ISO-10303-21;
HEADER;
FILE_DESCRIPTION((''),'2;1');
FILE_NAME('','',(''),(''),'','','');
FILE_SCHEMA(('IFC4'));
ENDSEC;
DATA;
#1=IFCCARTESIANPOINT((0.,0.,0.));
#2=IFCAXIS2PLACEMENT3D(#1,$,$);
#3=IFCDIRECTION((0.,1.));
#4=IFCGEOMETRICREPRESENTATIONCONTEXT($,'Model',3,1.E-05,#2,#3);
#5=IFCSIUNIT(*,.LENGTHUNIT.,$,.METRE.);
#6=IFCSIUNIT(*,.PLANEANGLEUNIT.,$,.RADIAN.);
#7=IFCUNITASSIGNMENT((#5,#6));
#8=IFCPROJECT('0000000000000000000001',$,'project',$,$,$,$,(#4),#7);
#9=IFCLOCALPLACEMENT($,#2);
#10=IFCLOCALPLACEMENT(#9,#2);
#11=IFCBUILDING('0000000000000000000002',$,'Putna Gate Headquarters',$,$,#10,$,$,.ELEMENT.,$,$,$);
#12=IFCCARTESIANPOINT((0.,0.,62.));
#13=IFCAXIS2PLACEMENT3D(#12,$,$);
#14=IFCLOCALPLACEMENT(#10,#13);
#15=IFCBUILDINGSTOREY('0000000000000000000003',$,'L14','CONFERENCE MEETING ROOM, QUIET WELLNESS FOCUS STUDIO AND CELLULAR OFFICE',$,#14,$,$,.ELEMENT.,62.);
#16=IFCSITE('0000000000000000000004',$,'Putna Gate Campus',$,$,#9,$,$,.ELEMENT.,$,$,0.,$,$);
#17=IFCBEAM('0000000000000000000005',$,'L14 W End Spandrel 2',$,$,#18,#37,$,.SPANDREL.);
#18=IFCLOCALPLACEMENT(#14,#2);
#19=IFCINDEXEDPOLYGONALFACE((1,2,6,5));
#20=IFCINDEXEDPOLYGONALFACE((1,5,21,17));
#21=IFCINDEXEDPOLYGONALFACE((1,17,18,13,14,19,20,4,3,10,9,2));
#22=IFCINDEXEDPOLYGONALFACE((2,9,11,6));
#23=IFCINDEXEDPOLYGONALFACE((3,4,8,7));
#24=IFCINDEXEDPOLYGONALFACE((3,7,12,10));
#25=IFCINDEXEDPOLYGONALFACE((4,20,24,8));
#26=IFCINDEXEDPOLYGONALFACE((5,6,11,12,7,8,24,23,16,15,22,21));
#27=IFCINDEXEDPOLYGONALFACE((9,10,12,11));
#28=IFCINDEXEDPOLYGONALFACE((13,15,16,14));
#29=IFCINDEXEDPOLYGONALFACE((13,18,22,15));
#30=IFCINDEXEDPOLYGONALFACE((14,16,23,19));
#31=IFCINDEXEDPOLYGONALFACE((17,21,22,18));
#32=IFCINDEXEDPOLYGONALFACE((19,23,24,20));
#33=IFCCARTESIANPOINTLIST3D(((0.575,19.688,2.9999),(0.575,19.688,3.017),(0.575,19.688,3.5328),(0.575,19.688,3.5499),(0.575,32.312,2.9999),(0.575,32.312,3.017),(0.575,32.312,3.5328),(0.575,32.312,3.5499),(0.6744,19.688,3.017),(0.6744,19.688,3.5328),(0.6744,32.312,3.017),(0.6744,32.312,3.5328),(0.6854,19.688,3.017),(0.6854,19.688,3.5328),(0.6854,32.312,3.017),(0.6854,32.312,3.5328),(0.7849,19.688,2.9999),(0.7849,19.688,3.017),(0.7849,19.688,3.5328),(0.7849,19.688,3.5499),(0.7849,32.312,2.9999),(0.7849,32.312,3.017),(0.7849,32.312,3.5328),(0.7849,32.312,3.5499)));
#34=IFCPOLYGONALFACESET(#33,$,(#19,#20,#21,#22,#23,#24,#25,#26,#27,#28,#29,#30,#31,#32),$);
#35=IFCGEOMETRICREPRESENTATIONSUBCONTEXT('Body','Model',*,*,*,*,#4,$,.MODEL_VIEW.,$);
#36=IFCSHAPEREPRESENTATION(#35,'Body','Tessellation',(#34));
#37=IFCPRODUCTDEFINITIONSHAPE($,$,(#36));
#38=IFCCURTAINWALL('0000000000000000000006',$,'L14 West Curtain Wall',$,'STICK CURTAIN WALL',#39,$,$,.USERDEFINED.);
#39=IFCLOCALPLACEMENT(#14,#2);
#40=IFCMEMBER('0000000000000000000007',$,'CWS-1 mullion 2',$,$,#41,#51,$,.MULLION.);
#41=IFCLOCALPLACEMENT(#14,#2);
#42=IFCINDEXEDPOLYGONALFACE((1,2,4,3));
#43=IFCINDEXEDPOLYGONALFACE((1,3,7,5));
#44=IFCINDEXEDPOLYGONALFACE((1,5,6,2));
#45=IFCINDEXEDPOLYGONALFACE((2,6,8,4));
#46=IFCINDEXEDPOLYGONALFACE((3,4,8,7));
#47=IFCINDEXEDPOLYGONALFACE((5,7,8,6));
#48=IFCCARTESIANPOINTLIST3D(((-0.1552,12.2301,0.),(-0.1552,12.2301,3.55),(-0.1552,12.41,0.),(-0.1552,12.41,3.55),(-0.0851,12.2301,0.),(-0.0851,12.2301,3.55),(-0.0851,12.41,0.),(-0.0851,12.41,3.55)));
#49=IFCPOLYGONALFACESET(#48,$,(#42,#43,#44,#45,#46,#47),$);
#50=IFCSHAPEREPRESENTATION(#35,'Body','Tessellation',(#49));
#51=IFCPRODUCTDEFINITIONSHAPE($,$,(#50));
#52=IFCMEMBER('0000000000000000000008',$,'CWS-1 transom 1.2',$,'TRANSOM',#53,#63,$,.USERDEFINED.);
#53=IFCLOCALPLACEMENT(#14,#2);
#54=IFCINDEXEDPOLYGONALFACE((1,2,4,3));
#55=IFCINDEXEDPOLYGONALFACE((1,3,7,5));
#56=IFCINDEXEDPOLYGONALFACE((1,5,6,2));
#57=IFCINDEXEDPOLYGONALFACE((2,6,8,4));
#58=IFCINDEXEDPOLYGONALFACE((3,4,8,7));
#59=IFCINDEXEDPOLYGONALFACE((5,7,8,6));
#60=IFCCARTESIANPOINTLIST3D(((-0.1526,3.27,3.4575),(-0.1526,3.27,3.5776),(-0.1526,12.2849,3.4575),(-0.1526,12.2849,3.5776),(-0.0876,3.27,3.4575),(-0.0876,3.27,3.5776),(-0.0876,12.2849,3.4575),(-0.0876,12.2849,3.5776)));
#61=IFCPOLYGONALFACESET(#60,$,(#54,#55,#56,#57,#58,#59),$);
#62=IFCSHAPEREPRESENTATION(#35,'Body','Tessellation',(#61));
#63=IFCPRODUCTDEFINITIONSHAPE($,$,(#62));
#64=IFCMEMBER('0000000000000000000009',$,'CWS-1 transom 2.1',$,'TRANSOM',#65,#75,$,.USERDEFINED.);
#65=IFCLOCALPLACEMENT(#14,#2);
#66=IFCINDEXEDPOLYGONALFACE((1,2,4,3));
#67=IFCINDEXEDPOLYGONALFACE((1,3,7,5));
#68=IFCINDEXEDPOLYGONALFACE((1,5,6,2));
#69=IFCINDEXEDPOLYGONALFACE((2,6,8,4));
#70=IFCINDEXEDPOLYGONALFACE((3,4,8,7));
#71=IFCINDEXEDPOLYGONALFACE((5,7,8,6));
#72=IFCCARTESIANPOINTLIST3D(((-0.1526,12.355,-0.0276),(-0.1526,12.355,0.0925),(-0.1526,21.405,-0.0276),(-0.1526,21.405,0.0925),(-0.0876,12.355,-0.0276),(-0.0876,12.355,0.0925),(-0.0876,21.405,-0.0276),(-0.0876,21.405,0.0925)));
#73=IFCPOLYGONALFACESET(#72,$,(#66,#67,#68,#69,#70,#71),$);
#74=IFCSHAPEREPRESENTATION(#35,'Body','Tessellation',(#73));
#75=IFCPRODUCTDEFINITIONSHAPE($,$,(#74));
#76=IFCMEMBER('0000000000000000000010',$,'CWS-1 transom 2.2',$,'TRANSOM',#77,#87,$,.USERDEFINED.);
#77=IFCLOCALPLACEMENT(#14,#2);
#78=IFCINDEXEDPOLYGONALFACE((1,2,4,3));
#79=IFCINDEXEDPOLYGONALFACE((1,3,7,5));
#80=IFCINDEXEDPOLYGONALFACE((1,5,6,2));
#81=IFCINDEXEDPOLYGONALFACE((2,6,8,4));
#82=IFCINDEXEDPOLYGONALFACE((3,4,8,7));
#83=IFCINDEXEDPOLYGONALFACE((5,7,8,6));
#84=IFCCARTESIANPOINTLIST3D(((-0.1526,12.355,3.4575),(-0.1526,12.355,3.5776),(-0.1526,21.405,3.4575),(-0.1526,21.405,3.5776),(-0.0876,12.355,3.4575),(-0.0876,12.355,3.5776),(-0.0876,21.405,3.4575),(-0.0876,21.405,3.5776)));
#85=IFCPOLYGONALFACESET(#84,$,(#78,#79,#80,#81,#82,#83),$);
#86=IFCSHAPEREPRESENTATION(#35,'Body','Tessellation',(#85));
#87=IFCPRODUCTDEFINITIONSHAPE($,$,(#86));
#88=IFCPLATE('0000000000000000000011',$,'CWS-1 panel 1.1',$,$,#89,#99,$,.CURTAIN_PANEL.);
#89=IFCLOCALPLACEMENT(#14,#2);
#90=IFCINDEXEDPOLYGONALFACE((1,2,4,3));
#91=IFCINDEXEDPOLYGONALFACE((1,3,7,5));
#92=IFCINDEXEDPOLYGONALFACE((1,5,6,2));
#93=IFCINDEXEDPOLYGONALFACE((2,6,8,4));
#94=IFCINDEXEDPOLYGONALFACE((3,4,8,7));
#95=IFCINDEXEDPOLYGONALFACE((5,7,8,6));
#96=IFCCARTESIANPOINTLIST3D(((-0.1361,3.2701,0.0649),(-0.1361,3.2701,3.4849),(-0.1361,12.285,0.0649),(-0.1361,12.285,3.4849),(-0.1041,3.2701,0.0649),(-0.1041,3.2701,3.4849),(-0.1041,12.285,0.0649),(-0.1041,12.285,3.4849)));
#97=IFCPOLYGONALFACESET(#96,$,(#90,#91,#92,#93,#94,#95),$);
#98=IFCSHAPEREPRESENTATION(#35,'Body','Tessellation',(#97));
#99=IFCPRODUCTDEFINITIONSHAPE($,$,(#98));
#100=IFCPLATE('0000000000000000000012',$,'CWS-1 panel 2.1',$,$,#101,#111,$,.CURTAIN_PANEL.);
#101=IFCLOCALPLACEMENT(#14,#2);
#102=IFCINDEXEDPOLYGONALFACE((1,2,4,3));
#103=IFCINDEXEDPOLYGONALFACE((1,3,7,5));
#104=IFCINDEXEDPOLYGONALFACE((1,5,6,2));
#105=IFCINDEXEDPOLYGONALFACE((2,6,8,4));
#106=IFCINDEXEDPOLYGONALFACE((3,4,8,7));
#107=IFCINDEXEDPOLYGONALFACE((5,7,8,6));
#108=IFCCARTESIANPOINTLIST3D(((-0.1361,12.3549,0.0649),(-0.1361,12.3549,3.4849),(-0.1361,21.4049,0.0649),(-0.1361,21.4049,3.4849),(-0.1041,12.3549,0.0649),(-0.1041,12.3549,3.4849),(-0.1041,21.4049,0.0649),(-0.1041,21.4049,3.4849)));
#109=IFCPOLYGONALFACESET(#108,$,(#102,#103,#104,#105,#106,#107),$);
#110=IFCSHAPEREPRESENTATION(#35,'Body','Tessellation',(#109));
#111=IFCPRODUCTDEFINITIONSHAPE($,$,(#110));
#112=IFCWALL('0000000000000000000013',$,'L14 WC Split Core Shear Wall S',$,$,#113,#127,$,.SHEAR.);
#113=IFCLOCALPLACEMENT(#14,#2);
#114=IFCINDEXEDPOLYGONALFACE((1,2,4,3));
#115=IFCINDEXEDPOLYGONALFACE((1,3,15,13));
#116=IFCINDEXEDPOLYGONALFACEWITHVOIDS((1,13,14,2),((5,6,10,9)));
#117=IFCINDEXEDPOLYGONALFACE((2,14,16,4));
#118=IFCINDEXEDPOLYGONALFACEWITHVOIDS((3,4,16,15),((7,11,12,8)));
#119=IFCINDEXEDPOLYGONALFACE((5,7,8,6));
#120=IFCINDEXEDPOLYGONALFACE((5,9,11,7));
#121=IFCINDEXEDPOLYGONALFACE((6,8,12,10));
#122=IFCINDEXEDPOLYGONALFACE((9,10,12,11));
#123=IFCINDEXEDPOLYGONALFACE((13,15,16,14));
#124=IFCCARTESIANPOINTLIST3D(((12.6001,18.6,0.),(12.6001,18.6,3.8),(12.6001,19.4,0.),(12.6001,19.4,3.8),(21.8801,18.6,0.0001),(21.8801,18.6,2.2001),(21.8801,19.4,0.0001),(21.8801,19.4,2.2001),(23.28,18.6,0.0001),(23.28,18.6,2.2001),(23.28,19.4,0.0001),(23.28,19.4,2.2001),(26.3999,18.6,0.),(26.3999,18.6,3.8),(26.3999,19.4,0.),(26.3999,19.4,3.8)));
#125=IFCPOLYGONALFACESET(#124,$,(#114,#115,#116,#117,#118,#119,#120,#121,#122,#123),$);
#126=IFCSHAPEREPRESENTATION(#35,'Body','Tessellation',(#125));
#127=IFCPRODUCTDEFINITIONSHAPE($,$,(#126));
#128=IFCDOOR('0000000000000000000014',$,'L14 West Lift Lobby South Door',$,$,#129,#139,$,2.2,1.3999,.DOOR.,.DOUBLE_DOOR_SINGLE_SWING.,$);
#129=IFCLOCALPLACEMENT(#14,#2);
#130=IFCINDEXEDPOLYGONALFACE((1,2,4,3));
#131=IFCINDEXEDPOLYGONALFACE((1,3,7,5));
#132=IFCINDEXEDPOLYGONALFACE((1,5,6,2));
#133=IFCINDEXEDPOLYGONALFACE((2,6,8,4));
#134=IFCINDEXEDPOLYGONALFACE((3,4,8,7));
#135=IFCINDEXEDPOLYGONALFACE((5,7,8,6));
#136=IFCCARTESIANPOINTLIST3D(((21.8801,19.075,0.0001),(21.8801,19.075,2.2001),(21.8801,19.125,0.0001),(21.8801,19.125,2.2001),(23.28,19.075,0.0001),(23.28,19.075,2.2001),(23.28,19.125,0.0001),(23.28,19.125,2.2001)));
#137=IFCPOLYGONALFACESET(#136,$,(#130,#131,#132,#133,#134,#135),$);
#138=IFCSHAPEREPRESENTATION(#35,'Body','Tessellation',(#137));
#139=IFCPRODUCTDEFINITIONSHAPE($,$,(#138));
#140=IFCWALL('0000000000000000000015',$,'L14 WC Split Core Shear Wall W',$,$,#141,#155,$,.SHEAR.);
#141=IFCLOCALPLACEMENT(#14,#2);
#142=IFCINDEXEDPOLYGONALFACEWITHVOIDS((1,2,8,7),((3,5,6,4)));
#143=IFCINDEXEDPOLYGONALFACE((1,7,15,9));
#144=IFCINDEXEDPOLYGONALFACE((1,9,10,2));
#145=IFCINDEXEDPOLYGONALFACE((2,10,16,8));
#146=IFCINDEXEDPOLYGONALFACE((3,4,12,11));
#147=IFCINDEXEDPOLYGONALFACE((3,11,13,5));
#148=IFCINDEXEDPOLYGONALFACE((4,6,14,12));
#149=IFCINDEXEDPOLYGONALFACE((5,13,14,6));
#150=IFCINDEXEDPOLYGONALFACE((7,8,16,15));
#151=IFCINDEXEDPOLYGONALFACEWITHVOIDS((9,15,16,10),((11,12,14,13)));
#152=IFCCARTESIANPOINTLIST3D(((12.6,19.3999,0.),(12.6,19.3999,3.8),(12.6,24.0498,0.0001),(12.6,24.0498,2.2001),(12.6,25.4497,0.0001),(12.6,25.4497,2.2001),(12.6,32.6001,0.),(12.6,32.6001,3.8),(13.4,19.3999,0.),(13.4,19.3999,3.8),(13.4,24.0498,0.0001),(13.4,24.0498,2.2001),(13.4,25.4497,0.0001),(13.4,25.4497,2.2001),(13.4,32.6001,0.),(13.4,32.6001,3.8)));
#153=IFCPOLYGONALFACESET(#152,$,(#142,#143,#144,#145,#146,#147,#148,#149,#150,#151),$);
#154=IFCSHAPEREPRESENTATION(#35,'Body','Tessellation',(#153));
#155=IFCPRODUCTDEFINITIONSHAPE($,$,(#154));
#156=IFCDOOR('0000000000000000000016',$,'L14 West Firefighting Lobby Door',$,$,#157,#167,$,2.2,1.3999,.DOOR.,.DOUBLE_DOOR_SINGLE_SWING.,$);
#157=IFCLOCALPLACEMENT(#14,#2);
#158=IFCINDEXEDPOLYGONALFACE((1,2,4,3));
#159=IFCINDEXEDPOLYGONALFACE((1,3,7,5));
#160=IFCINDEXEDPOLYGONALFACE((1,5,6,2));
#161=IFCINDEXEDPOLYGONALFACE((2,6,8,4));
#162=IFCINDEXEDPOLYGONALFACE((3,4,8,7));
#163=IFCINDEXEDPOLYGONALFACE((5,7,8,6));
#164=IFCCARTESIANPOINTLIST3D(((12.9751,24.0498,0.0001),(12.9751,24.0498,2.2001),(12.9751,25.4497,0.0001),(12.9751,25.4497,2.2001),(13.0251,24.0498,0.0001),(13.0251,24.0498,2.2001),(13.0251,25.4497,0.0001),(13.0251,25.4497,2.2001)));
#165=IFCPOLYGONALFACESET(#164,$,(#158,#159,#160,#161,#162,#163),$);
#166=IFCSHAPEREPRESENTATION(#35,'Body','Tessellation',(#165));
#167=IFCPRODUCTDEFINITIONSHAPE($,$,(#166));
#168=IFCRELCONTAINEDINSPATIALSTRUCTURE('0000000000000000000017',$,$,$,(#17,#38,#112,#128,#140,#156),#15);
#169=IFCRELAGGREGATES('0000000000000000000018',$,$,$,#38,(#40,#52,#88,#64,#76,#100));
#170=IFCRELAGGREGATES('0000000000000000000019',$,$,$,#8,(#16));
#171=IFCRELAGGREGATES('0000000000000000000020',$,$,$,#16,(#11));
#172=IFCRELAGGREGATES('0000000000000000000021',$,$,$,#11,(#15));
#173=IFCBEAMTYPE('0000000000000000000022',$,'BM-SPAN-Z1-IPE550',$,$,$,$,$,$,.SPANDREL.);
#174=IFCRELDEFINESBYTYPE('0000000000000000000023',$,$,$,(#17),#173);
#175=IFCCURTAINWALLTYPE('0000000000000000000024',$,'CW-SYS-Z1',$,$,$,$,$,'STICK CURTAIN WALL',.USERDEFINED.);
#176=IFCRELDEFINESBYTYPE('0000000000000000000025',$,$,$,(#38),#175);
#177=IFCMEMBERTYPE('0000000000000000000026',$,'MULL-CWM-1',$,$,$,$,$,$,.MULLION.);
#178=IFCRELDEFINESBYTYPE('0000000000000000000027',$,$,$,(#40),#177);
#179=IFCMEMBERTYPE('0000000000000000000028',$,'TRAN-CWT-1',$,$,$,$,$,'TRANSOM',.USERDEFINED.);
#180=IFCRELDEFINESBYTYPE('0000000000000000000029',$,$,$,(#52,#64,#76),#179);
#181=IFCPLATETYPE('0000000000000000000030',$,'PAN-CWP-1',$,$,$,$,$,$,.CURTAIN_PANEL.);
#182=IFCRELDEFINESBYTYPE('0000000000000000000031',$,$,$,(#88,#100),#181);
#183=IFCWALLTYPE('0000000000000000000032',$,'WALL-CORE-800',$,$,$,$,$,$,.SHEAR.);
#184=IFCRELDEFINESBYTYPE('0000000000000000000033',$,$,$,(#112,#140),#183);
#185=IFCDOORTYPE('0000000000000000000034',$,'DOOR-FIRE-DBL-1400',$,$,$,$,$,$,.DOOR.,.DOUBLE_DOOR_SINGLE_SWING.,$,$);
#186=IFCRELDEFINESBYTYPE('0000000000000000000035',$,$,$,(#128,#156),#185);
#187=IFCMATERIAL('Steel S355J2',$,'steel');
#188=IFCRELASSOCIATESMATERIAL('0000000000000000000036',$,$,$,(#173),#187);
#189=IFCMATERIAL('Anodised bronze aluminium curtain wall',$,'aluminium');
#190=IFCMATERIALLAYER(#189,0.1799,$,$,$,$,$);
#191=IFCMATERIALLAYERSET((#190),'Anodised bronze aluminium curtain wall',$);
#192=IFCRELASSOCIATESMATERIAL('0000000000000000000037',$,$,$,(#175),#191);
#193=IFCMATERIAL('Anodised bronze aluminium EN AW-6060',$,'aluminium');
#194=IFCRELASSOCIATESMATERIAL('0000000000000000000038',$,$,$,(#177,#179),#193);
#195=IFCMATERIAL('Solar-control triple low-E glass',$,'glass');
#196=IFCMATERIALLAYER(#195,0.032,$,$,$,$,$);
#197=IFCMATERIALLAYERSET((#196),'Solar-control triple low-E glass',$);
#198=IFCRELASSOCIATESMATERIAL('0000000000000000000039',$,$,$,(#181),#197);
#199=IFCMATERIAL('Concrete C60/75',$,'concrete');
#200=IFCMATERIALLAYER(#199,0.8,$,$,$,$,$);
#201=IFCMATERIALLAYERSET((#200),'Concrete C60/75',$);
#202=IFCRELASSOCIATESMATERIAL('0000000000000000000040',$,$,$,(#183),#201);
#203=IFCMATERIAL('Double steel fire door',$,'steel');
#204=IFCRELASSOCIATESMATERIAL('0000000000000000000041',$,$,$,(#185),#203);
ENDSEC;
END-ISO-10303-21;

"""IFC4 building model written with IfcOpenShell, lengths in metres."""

from ifc_helpers import new_model, si_unit, direction, frame, frame_2d, origin, origin_2d, place, context, subcontext, project, spatial, rectangle, i_section, extrude, material, layer, layer_set, material_profile, profile_set, type_object, element, fill, aggregate, save


model = new_model("IFC4")

# Units and contexts
model_context = context("Model", 3, precision=1e-05, world=origin(), true_north=direction((0.0, 1.0)))
body_context = subcontext(model_context, "Body", "Model", "MODEL_VIEW")
ifc_project = project(units=[si_unit("LENGTHUNIT", "METRE"), si_unit("PLANEANGLEUNIT", "RADIAN")], contexts=[model_context])

# Site, building, storey
site_placement = place(None, origin())
site = spatial("IfcSite", under=ifc_project, at=site_placement, Name="Putna Gate Campus", CompositionType="ELEMENT", RefElevation=0.0)
building_placement = place(site_placement, origin())
building = spatial("IfcBuilding", under=site, at=building_placement, Name="Putna Gate Headquarters", CompositionType="ELEMENT")
storey_placement = place(building_placement, frame((0.0, 0.0, 62.0)))
storey = spatial("IfcBuildingStorey", under=building, at=storey_placement, Name="L14", Description="CONFERENCE MEETING ROOM, QUIET WELLNESS FOCUS STUDIO AND CELLULAR OFFICE", CompositionType="ELEMENT", Elevation=62.0)

# Shared definitions
ifc_material_1 = material(Name="Concrete C60/75", Category="concrete")

# Beam
ifc_material_2 = material(Name="Steel S355J2", Category="steel")
ifc_material_profile_1 = material_profile(ifc_material_2, i_section(OverallWidth=0.21, OverallDepth=0.55, WebThickness=0.011, FlangeThickness=0.0171, at=origin_2d()), Name="Steel S355J2")
ifc_profile_set_1 = profile_set([ifc_material_profile_1], Name="Steel S355J2")
beam_type_1 = type_object("IfcBeamType", Name="BM-SPAN-Z1-IPE550", PredefinedType="SPANDREL", material=ifc_profile_set_1)
beam_1_placement = place(storey_placement, frame((0.6799, 19.688, 3.2749), z_axis=(0.0, 1.0, 0.0), x_axis=(-1.0, 0.0, 0.0)))
element("IfcBeam", 1, at=beam_1_placement, inside=storey, type_object=beam_type_1, Name="L14 W End Spandrel 2", PredefinedType="SPANDREL", context=body_context, shape_type="SweptSolid", body=[
    extrude(i_section(OverallWidth=0.21, OverallDepth=0.55, WebThickness=0.011, FlangeThickness=0.0171, at=origin_2d()), origin(), (0.0, 0.0, 1.0), 12.624),
])

# Curtain wall, members, plates
ifc_material_3 = material(Name="Anodised bronze aluminium curtain wall", Category="aluminium")
ifc_layer_1 = layer(ifc_material_3, 0.1799)
ifc_layer_set_1 = layer_set([ifc_layer_1], Name="Anodised bronze aluminium curtain wall")
curtain_wall_type = type_object("IfcCurtainWallType", Name="CW-SYS-Z1", ElementType="STICK CURTAIN WALL", PredefinedType="USERDEFINED", material=ifc_layer_set_1)
curtain_wall_placement = place(storey_placement, origin())
curtain_wall = element("IfcCurtainWall", 2, at=curtain_wall_placement, inside=storey, type_object=curtain_wall_type, Name="L14 West Curtain Wall", ObjectType="STICK CURTAIN WALL", PredefinedType="USERDEFINED")
ifc_material_4 = material(Name="Anodised bronze aluminium EN AW-6060", Category="aluminium")
ifc_material_profile_2 = material_profile(ifc_material_4, rectangle(XDim=0.0701, YDim=0.1799, at=origin_2d()), Name="Anodised bronze aluminium EN AW-6060")
ifc_profile_set_2 = profile_set([ifc_material_profile_2], Name="Anodised bronze aluminium EN AW-6060")
member_type_1 = type_object("IfcMemberType", Name="MULL-CWM-1", PredefinedType="MULLION", material=ifc_profile_set_2)
member_1_placement = place(storey_placement, frame((-0.1201, 12.3201, 0.0), z_axis=(0.0, 0.0, 1.0), x_axis=(-1.0, 0.0, 0.0)))
member_1 = element("IfcMember", 3, at=member_1_placement, type_object=member_type_1, Name="CWS-1 mullion 2", PredefinedType="MULLION", context=body_context, shape_type="SweptSolid", body=[
    extrude(rectangle(XDim=0.0701, YDim=0.1799, at=origin_2d()), origin(), (0.0, 0.0, 1.0), 3.55),
])
ifc_material_profile_3 = material_profile(ifc_material_4, rectangle(XDim=0.0649, YDim=0.1201, at=origin_2d()), Name="Anodised bronze aluminium EN AW-6060")
ifc_profile_set_3 = profile_set([ifc_material_profile_3], Name="Anodised bronze aluminium EN AW-6060")
member_type_2 = type_object("IfcMemberType", Name="TRAN-CWT-1", ElementType="TRANSOM", PredefinedType="USERDEFINED", material=ifc_profile_set_3)
member_2_placement = place(storey_placement, frame((-0.1201, 3.27, 3.5176), z_axis=(0.0, 1.0, 0.0), x_axis=(-1.0, 0.0, 0.0)))
member_2 = element("IfcMember", 4, at=member_2_placement, type_object=member_type_2, Name="CWS-1 transom 1.2", ObjectType="TRANSOM", PredefinedType="USERDEFINED", context=body_context, shape_type="SweptSolid", body=[
    extrude(rectangle(XDim=0.0649, YDim=0.1201, at=origin_2d()), origin(), (0.0, 0.0, 1.0), 9.0149),
])
member_3_placement = place(storey_placement, frame((-0.1201, 12.355, 0.0325), z_axis=(0.0, 1.0, 0.0), x_axis=(-1.0, 0.0, 0.0)))
member_3 = element("IfcMember", 5, at=member_3_placement, type_object=member_type_2, Name="CWS-1 transom 2.1", ObjectType="TRANSOM", PredefinedType="USERDEFINED", context=body_context, shape_type="SweptSolid", body=[
    extrude(rectangle(XDim=0.0649, YDim=0.1201, at=origin_2d()), origin(), (0.0, 0.0, 1.0), 9.05),
])
member_4_placement = place(storey_placement, frame((-0.1201, 12.355, 3.5176), z_axis=(0.0, 1.0, 0.0), x_axis=(-1.0, 0.0, 0.0)))
member_4 = element("IfcMember", 6, at=member_4_placement, type_object=member_type_2, Name="CWS-1 transom 2.2", ObjectType="TRANSOM", PredefinedType="USERDEFINED", context=body_context, shape_type="SweptSolid", body=[
    extrude(rectangle(XDim=0.0649, YDim=0.1201, at=origin_2d()), origin(), (0.0, 0.0, 1.0), 9.05),
])
ifc_material_5 = material(Name="Solar-control triple low-E glass", Category="glass")
ifc_layer_2 = layer(ifc_material_5, 0.032)
ifc_layer_set_2 = layer_set([ifc_layer_2], Name="Solar-control triple low-E glass")
plate_type = type_object("IfcPlateType", Name="PAN-CWP-1", PredefinedType="CURTAIN_PANEL", material=ifc_layer_set_2)
plate_1_placement = place(storey_placement, frame((-0.1201, 7.7776, 0.0649), z_axis=(0.0, 0.0, 1.0), x_axis=(0.0, 1.0, 0.0)))
plate_1 = element("IfcPlate", 7, at=plate_1_placement, type_object=plate_type, Name="CWS-1 panel 1.1", PredefinedType="CURTAIN_PANEL", context=body_context, shape_type="SweptSolid", body=[
    extrude(rectangle(XDim=9.0149, YDim=0.032, at=origin_2d()), origin(), (0.0, 0.0, 1.0), 3.4199),
])
plate_2_placement = place(storey_placement, frame((-0.1201, 16.8799, 0.0649), z_axis=(0.0, 0.0, 1.0), x_axis=(0.0, 1.0, 0.0)))
plate_2 = element("IfcPlate", 8, at=plate_2_placement, type_object=plate_type, Name="CWS-1 panel 2.1", PredefinedType="CURTAIN_PANEL", context=body_context, shape_type="SweptSolid", body=[
    extrude(rectangle(XDim=9.05, YDim=0.032, at=origin_2d()), origin(), (0.0, 0.0, 1.0), 3.4199),
])
aggregate(curtain_wall, [member_1, member_2, plate_1, member_3, member_4, plate_2])

# Walls, openings, doors
ifc_layer_3 = layer(ifc_material_1, 0.8)
ifc_layer_set_3 = layer_set([ifc_layer_3], Name="Concrete C60/75")
wall_type_1 = type_object("IfcWallType", Name="WALL-CORE-800", PredefinedType="SHEAR", material=ifc_layer_set_3)
wall_1_placement = place(storey_placement, frame((12.6001, 19.0, 0.0), z_axis=(0.0, 0.0, 1.0), x_axis=(1.0, 0.0, 0.0)))
wall_1 = element("IfcWall", 9, at=wall_1_placement, inside=storey, type_object=wall_type_1, Name="L14 WC Split Core Shear Wall S", PredefinedType="SHEAR", context=body_context, shape_type="SweptSolid", body=[
    extrude(rectangle(XDim=13.7998, YDim=0.8, at=frame_2d((6.8999, 0.0))), origin(), (0.0, 0.0, 1.0), 3.8),
])
opening_1_placement = place(wall_1_placement, frame((9.28, 0.0, 0.0)))
opening_1 = element("IfcOpeningElement", 10, at=opening_1_placement, cuts=wall_1, PredefinedType="OPENING", context=body_context, shape_type="SweptSolid", body=[
    extrude(rectangle(XDim=1.3999, YDim=2.2, at=frame_2d((0.7, 1.1001))), frame((0.0, 0.4099, 0.0), z_axis=(0.0, -1.0, 0.0), x_axis=(1.0, 0.0, 0.0)), (0.0, 0.0, 1.0), 0.8201),
])
ifc_material_6 = material(Name="Double steel fire door", Category="steel")
door_type_1 = type_object("IfcDoorType", Name="DOOR-FIRE-DBL-1400", OperationType="DOUBLE_DOOR_SINGLE_SWING", PredefinedType="DOOR", material=ifc_material_6)
door_1_placement = place(opening_1_placement, origin())
door_1 = element("IfcDoor", 11, at=door_1_placement, inside=storey, type_object=door_type_1, Name="L14 West Lift Lobby South Door", OperationType="DOUBLE_DOOR_SINGLE_SWING", OverallHeight=2.2, OverallWidth=1.3999, PredefinedType="DOOR", context=body_context, shape_type="SweptSolid", body=[
    extrude(rectangle(XDim=1.3999, YDim=2.2, at=frame_2d((0.7, 1.1001))), frame((0.0, 0.125, 0.0), z_axis=(0.0, -1.0, 0.0), x_axis=(1.0, 0.0, 0.0)), (0.0, 0.0, 1.0), 0.05),
])
fill(opening_1, door_1)
wall_2_placement = place(storey_placement, frame((13.0, 19.3999, 0.0), z_axis=(0.0, 0.0, 1.0), x_axis=(0.0, 1.0, 0.0)))
wall_2 = element("IfcWall", 12, at=wall_2_placement, inside=storey, type_object=wall_type_1, Name="L14 WC Split Core Shear Wall W", PredefinedType="SHEAR", context=body_context, shape_type="SweptSolid", body=[
    extrude(rectangle(XDim=13.2002, YDim=0.8, at=frame_2d((6.6001, 0.0))), origin(), (0.0, 0.0, 1.0), 3.8),
])
opening_2_placement = place(wall_2_placement, frame((4.6499, 0.0, 0.0)))
opening_2 = element("IfcOpeningElement", 13, at=opening_2_placement, cuts=wall_2, PredefinedType="OPENING", context=body_context, shape_type="SweptSolid", body=[
    extrude(rectangle(XDim=1.3999, YDim=2.2, at=frame_2d((0.7, 1.1001))), frame((0.0, 0.4099, 0.0), z_axis=(0.0, -1.0, 0.0), x_axis=(1.0, 0.0, 0.0)), (0.0, 0.0, 1.0), 0.8201),
])
door_2_placement = place(opening_2_placement, origin())
door_2 = element("IfcDoor", 14, at=door_2_placement, inside=storey, type_object=door_type_1, Name="L14 West Firefighting Lobby Door", OperationType="DOUBLE_DOOR_SINGLE_SWING", OverallHeight=2.2, OverallWidth=1.3999, PredefinedType="DOOR", context=body_context, shape_type="SweptSolid", body=[
    extrude(rectangle(XDim=1.3999, YDim=2.2, at=frame_2d((0.7, 1.1001))), frame((0.0, 0.0249, 0.0), z_axis=(0.0, -1.0, 0.0), x_axis=(1.0, 0.0, 0.0)), (0.0, 0.0, 1.0), 0.05),
])
fill(opening_2, door_2)

save(model, "model.ifc")
